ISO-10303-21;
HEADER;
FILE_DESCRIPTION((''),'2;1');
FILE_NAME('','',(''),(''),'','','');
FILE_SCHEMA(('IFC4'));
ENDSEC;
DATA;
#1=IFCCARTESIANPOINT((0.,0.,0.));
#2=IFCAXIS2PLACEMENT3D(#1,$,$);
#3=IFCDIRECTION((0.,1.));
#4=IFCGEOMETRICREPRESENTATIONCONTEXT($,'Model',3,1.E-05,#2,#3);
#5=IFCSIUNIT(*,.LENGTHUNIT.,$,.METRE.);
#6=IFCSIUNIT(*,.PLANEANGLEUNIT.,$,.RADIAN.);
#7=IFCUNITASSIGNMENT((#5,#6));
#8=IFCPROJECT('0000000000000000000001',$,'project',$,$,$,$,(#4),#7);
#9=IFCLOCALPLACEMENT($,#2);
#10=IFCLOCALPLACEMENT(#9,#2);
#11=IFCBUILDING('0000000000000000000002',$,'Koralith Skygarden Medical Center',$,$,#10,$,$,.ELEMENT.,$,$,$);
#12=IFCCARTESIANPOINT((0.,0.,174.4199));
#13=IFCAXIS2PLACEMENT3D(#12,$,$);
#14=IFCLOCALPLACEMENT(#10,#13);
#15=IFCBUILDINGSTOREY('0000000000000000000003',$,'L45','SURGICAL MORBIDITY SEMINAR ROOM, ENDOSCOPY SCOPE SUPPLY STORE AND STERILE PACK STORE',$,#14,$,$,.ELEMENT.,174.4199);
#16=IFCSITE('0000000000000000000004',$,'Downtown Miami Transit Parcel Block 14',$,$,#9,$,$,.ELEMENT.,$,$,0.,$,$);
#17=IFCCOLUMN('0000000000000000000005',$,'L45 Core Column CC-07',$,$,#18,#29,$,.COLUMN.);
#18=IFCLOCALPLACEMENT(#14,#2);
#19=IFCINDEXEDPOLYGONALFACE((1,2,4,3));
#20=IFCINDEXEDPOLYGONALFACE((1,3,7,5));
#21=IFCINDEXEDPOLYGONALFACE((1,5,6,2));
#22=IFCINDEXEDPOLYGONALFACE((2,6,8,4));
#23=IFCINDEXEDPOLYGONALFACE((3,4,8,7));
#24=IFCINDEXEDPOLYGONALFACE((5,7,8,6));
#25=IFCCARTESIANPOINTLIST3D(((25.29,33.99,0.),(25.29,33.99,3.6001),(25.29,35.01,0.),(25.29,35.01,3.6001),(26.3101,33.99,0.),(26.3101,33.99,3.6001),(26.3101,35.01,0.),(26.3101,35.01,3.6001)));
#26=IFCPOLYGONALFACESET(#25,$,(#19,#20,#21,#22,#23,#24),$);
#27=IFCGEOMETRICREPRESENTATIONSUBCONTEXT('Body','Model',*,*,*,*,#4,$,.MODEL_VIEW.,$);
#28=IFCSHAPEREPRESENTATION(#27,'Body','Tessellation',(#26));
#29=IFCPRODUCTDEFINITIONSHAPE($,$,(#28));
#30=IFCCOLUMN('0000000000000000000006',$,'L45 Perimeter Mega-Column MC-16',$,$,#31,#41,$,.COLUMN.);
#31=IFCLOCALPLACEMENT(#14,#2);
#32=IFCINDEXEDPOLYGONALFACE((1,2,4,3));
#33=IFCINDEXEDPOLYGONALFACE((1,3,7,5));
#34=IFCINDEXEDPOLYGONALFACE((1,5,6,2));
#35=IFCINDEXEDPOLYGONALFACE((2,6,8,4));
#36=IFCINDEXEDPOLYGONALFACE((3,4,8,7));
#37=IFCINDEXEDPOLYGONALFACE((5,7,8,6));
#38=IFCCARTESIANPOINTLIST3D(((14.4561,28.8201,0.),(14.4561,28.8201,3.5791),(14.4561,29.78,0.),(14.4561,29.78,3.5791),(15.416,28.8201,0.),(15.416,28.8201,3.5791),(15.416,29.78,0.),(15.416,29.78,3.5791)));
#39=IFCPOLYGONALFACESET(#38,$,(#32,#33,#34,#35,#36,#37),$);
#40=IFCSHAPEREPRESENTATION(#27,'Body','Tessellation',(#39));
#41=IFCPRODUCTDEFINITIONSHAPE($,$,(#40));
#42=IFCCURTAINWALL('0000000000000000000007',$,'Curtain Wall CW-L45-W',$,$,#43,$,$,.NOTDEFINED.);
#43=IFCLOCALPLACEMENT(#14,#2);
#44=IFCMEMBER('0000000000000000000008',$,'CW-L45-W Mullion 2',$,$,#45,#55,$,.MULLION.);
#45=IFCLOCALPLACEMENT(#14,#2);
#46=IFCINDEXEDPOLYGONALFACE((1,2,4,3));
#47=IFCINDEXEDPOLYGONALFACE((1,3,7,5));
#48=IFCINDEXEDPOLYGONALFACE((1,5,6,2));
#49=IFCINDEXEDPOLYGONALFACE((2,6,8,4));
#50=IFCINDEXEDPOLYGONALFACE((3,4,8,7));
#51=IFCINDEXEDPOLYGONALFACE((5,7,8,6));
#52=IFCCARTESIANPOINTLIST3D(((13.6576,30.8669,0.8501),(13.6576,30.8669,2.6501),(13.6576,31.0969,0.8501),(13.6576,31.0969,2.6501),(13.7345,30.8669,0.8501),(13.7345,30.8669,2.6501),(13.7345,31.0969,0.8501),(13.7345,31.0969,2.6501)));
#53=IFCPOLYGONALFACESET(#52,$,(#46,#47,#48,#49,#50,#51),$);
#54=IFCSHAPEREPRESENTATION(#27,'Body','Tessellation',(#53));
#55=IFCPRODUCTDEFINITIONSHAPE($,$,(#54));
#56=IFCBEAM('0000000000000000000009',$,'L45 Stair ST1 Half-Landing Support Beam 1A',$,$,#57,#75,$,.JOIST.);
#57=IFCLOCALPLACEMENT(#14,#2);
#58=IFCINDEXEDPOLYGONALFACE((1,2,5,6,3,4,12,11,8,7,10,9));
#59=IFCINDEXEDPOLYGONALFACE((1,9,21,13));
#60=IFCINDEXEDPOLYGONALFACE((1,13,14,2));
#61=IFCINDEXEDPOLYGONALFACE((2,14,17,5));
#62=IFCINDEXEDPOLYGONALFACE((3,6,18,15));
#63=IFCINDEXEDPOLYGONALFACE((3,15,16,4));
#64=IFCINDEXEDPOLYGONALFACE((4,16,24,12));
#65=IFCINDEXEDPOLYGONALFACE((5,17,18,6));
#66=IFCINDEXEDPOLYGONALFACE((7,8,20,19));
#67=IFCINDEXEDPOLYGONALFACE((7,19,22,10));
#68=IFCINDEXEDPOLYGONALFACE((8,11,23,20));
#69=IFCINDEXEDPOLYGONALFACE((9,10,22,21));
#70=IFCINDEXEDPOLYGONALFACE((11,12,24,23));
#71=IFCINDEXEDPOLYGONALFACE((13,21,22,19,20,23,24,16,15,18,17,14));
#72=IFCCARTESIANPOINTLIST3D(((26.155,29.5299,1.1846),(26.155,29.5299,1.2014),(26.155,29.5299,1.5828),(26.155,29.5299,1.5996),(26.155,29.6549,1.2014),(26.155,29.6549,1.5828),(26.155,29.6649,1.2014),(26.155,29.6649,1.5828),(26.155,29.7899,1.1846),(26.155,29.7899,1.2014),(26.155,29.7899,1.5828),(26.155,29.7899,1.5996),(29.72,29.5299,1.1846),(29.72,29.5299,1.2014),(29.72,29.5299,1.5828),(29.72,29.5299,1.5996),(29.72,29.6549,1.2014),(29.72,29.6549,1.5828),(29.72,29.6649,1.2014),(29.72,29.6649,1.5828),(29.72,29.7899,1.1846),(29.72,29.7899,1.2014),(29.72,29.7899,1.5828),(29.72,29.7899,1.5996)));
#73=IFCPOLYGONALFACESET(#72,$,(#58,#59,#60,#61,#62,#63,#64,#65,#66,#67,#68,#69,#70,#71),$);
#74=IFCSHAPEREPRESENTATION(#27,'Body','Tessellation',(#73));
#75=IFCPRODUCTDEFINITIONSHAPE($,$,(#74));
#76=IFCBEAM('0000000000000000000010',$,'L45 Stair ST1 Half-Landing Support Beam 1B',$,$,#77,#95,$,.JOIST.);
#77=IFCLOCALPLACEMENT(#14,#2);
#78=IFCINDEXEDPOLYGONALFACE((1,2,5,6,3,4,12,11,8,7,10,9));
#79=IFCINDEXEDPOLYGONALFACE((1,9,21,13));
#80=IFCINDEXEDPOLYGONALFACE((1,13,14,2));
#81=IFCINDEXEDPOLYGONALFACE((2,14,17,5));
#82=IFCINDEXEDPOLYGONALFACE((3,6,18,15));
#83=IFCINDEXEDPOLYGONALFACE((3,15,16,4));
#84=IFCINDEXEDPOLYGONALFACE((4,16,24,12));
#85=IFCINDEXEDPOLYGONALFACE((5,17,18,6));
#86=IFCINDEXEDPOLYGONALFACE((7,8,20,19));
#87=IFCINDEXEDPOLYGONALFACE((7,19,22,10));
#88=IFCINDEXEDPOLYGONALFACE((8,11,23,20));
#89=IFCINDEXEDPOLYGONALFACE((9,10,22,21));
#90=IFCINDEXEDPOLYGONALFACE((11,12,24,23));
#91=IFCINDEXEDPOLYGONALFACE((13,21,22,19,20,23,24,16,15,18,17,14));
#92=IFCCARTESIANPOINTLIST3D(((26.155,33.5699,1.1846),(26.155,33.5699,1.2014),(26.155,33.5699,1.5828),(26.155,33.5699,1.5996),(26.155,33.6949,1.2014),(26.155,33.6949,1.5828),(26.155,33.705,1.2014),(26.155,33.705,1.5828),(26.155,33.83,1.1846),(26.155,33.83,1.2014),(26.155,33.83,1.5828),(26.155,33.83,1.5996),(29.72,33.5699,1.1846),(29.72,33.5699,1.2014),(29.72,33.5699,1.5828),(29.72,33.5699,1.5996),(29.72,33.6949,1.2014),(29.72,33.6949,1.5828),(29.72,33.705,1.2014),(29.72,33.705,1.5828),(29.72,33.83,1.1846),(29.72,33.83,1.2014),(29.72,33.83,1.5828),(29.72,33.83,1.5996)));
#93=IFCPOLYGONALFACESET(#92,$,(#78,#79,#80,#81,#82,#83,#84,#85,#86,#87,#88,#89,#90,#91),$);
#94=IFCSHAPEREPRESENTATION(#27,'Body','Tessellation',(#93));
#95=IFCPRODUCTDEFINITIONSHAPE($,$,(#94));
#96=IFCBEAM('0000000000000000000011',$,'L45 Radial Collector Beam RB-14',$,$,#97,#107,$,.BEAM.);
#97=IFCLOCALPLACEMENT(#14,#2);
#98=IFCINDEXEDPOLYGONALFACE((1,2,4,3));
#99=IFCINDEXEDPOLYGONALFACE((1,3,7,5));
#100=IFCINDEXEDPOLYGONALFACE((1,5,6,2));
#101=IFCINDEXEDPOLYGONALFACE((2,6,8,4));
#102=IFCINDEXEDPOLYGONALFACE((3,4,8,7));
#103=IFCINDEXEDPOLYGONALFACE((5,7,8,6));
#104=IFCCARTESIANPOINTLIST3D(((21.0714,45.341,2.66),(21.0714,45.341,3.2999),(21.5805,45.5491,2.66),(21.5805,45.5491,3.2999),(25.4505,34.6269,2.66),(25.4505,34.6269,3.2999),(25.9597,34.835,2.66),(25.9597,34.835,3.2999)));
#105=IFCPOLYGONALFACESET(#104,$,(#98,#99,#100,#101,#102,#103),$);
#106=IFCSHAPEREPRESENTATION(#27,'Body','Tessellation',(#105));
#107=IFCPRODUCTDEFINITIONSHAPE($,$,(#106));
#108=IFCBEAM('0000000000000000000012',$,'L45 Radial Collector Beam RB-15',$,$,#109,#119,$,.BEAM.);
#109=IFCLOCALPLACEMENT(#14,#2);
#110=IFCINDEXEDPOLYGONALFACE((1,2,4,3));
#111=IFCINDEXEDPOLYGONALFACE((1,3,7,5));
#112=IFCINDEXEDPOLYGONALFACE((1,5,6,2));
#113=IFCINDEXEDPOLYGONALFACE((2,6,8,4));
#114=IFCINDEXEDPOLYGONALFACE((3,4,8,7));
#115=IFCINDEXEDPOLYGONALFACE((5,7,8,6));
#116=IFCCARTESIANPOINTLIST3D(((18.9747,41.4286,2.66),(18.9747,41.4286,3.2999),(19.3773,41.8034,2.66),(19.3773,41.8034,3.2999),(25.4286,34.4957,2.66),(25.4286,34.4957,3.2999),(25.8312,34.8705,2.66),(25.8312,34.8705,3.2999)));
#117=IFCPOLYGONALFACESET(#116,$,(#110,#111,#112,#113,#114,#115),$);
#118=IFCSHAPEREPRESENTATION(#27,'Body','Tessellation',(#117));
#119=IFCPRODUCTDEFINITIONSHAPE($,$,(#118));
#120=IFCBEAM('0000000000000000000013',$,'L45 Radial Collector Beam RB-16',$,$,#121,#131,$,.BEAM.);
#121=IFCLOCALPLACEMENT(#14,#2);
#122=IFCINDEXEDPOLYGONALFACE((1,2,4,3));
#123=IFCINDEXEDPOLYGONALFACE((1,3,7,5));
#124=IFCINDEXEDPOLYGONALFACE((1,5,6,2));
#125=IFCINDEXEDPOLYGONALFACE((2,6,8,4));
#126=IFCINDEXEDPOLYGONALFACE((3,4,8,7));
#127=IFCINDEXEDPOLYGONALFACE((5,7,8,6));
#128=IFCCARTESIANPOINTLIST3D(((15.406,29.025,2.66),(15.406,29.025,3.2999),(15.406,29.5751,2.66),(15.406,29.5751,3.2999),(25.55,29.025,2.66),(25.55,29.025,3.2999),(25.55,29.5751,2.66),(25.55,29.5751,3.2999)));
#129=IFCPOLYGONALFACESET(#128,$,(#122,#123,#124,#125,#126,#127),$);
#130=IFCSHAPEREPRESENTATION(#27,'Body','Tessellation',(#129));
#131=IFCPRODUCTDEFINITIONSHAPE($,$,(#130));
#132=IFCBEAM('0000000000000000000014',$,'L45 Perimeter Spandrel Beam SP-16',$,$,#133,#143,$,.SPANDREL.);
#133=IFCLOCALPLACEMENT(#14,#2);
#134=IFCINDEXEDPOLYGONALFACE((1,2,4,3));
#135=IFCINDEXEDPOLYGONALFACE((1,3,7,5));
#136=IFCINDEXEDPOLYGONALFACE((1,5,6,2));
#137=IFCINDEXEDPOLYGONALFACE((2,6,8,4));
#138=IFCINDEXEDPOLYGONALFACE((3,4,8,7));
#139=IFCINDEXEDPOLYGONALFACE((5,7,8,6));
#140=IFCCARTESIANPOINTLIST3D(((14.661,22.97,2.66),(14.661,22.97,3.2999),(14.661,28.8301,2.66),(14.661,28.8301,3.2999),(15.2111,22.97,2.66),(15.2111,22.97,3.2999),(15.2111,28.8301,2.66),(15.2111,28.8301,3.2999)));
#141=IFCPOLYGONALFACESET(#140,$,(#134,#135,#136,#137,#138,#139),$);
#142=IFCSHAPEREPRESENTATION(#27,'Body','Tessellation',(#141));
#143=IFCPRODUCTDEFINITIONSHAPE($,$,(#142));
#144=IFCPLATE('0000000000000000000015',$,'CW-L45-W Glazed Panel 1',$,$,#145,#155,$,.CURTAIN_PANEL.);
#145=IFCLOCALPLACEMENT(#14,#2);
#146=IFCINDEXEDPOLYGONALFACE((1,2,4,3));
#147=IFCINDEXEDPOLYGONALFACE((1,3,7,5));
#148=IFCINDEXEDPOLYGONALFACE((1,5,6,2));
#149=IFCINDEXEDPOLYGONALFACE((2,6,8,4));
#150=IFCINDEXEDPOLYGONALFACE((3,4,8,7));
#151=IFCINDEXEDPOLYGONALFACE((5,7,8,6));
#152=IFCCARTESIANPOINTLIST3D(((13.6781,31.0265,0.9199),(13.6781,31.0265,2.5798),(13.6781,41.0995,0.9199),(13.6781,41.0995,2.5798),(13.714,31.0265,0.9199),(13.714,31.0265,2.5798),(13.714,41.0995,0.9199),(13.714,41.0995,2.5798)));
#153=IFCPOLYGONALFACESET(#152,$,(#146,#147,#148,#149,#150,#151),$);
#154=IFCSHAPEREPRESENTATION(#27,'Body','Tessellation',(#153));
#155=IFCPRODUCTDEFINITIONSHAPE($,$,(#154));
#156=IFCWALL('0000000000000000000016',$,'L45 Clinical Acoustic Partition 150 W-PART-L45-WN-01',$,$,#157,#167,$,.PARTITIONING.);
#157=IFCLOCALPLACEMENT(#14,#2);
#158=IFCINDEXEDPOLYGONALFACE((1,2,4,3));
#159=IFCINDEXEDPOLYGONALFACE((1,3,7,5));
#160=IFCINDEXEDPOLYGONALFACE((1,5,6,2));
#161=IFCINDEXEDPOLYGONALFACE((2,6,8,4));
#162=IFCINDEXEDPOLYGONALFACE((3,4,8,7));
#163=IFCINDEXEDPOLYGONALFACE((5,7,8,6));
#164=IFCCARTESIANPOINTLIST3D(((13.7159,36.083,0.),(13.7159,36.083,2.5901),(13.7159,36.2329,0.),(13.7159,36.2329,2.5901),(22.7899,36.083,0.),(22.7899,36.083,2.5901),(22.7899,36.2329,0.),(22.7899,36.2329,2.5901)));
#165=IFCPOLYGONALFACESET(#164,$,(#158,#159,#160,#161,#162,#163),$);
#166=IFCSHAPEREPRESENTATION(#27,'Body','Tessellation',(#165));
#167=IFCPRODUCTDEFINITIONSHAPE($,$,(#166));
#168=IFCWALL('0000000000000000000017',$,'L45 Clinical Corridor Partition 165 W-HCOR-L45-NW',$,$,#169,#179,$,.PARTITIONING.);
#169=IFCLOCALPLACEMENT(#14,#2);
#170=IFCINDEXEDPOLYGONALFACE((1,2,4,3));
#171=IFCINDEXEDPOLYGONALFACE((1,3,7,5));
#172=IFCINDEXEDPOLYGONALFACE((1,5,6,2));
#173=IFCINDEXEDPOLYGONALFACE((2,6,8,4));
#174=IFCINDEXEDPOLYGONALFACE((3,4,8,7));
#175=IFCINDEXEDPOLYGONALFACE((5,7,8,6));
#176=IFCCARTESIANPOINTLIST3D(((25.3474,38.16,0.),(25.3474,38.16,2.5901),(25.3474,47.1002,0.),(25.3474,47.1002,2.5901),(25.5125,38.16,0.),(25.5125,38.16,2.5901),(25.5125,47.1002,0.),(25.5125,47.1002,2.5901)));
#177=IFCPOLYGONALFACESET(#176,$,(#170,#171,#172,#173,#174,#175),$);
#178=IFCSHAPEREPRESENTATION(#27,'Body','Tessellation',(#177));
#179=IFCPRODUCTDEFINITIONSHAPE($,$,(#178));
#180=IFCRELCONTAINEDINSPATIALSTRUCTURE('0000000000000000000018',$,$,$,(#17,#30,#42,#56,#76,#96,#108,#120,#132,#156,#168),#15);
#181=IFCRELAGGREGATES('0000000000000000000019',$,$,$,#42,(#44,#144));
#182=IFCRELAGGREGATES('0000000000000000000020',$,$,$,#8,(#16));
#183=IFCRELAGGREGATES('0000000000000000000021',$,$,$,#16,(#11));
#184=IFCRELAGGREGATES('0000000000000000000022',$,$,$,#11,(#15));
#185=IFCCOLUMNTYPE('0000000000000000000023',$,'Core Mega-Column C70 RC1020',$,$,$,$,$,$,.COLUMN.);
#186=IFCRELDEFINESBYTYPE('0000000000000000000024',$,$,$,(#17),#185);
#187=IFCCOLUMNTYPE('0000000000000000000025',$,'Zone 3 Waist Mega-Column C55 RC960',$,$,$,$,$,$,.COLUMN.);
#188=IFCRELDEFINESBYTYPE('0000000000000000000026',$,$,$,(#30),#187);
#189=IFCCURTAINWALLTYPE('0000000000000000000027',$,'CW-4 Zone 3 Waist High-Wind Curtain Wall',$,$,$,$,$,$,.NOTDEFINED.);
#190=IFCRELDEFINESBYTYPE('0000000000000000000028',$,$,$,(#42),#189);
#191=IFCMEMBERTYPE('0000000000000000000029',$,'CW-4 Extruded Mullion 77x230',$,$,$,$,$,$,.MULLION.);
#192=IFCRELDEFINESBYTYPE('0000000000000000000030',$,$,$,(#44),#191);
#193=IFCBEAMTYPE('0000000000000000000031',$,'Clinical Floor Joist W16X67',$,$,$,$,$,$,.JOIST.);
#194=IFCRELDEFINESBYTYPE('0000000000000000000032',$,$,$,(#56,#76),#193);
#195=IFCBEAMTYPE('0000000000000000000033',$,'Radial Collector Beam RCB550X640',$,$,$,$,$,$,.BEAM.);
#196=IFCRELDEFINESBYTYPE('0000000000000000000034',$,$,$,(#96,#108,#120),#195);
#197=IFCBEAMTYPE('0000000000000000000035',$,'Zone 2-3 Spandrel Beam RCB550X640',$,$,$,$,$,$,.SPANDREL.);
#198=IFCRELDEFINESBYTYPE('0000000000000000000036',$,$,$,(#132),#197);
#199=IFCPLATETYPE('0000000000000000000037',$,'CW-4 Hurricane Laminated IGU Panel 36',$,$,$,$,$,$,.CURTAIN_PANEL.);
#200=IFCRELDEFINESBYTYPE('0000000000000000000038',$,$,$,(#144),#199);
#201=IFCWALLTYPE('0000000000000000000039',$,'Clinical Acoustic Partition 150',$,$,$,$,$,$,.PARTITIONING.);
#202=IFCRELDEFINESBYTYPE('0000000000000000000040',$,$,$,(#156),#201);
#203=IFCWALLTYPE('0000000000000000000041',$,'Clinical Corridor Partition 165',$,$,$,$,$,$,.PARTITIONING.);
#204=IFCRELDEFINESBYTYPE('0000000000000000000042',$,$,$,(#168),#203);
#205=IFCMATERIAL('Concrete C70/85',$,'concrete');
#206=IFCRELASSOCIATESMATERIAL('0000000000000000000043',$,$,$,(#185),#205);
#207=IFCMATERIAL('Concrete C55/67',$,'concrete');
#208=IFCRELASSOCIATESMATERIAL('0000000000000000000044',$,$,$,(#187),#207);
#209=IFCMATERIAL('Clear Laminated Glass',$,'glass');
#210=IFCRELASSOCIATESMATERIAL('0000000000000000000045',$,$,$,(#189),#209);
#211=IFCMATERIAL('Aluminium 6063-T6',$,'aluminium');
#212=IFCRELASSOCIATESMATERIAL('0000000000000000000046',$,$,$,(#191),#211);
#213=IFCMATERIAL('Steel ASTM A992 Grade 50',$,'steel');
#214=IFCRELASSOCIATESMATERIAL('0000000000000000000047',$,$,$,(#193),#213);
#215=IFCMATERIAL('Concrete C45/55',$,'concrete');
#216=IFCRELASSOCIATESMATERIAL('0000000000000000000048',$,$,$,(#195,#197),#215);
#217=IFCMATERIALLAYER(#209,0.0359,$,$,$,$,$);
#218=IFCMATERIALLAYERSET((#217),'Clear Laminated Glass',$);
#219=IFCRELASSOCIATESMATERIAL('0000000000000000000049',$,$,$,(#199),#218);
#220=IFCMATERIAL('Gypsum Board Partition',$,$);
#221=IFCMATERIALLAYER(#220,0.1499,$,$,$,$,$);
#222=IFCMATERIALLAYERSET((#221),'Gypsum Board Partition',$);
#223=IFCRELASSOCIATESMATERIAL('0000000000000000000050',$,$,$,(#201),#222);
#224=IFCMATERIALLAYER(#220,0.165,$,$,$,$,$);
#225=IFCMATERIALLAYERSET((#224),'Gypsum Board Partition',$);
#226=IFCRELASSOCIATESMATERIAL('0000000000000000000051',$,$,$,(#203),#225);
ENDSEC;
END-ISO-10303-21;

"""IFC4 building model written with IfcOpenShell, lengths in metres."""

from ifc_helpers import new_model, si_unit, direction, frame, frame_2d, origin, origin_2d, place, context, subcontext, project, spatial, rectangle, i_section, extrude, material, layer, layer_set, material_profile, profile_set, type_object, element, aggregate, save


model = new_model("IFC4")

# Units and contexts
model_context = context("Model", 3, precision=1e-05, world=origin(), true_north=direction((0.0, 1.0)))
body_context = subcontext(model_context, "Body", "Model", "MODEL_VIEW")
ifc_project = project(units=[si_unit("LENGTHUNIT", "METRE"), si_unit("PLANEANGLEUNIT", "RADIAN")], contexts=[model_context])

# Site, building, storey
site_placement = place(None, origin())
site = spatial("IfcSite", under=ifc_project, at=site_placement, Name="Downtown Miami Transit Parcel Block 14", CompositionType="ELEMENT", RefElevation=0.0)
building_placement = place(site_placement, origin())
building = spatial("IfcBuilding", under=site, at=building_placement, Name="Koralith Skygarden Medical Center", CompositionType="ELEMENT")
storey_placement = place(building_placement, frame((0.0, 0.0, 174.4199)))
storey = spatial("IfcBuildingStorey", under=building, at=storey_placement, Name="L45", Description="SURGICAL MORBIDITY SEMINAR ROOM, ENDOSCOPY SCOPE SUPPLY STORE AND STERILE PACK STORE", CompositionType="ELEMENT", Elevation=174.4199)

# Columns
ifc_material_1 = material(Name="Concrete C70/85", Category="concrete")
ifc_material_profile_1 = material_profile(ifc_material_1, rectangle(XDim=1.02, YDim=1.02, at=origin_2d()), Name="RC1020X1020")
ifc_profile_set_1 = profile_set([ifc_material_profile_1], Name="Concrete C70/85")
column_type_1 = type_object("IfcColumnType", Name="Core Mega-Column C70 RC1020", PredefinedType="COLUMN", material=ifc_profile_set_1)
column_1_placement = place(storey_placement, frame((25.8, 34.5, 0.0), z_axis=(0.0, 0.0, 1.0), x_axis=(1.0, 0.0, 0.0)))
element("IfcColumn", 1, at=column_1_placement, inside=storey, type_object=column_type_1, Name="L45 Core Column CC-07", PredefinedType="COLUMN", context=body_context, shape_type="SweptSolid", body=[
    extrude(rectangle(XDim=1.02, YDim=1.02, at=origin_2d()), origin(), (0.0, 0.0, 1.0), 3.6001),
])
ifc_material_2 = material(Name="Concrete C55/67", Category="concrete")
ifc_material_profile_2 = material_profile(ifc_material_2, rectangle(XDim=0.96, YDim=0.96, at=origin_2d()), Name="RC960X960")
ifc_profile_set_2 = profile_set([ifc_material_profile_2], Name="Concrete C55/67")
column_type_2 = type_object("IfcColumnType", Name="Zone 3 Waist Mega-Column C55 RC960", PredefinedType="COLUMN", material=ifc_profile_set_2)
column_2_placement = place(storey_placement, frame((14.936, 29.3, 0.0), z_axis=(0.0, 0.0, 1.0), x_axis=(1.0, 0.0, 0.0)))
element("IfcColumn", 2, at=column_2_placement, inside=storey, type_object=column_type_2, Name="L45 Perimeter Mega-Column MC-16", PredefinedType="COLUMN", context=body_context, shape_type="SweptSolid", body=[
    extrude(rectangle(XDim=0.96, YDim=0.96, at=origin_2d()), origin(), (0.0, 0.0, 1.0), 3.5791),
])

# Curtain wall, member
ifc_material_3 = material(Name="Clear Laminated Glass", Category="glass")
curtain_wall_type = type_object("IfcCurtainWallType", Name="CW-4 Zone 3 Waist High-Wind Curtain Wall", PredefinedType="NOTDEFINED", material=ifc_material_3)
curtain_wall_placement = place(storey_placement, origin())
curtain_wall = element("IfcCurtainWall", 3, at=curtain_wall_placement, inside=storey, type_object=curtain_wall_type, Name="Curtain Wall CW-L45-W", PredefinedType="NOTDEFINED")
ifc_material_4 = material(Name="Aluminium 6063-T6", Category="aluminium")
ifc_material_profile_3 = material_profile(ifc_material_4, rectangle(XDim=0.0769, YDim=0.23, at=origin_2d()), Name="MUL77X230")
ifc_profile_set_3 = profile_set([ifc_material_profile_3], Name="Aluminium 6063-T6")
member_type = type_object("IfcMemberType", Name="CW-4 Extruded Mullion 77x230", PredefinedType="MULLION", material=ifc_profile_set_3)
member_placement = place(storey_placement, frame((13.696, 30.9819, 0.8501), z_axis=(0.0, 0.0, 1.0), x_axis=(1.0, 0.0, 0.0)))
member = element("IfcMember", 4, at=member_placement, type_object=member_type, Name="CW-L45-W Mullion 2", PredefinedType="MULLION", context=body_context, shape_type="SweptSolid", body=[
    extrude(rectangle(XDim=0.0769, YDim=0.23, at=origin_2d()), origin(), (0.0, 0.0, 1.0), 1.8),
])

# Beams
ifc_material_5 = material(Name="Steel ASTM A992 Grade 50", Category="steel")
ifc_material_profile_4 = material_profile(ifc_material_5, i_section(OverallWidth=0.26, OverallDepth=0.415, WebThickness=0.01, FlangeThickness=0.0168, at=origin_2d()), Name="W16X67")
ifc_profile_set_4 = profile_set([ifc_material_profile_4], Name="Steel ASTM A992 Grade 50")
beam_type_1 = type_object("IfcBeamType", Name="Clinical Floor Joist W16X67", PredefinedType="JOIST", material=ifc_profile_set_4)
for number, where, z_axis, x_axis, name in (
    (5, (26.155, 29.6599, 1.3921), (1.0, 0.0, 0.0), (0.0, 1.0, 0.0), "L45 Stair ST1 Half-Landing Support Beam 1A"),
    (6, (26.155, 33.7, 1.3921), (1.0, 0.0, 0.0), (0.0, 1.0, 0.0), "L45 Stair ST1 Half-Landing Support Beam 1B"),
):
    element("IfcBeam", number, at=place(storey_placement, frame(where, z_axis=z_axis, x_axis=x_axis)), inside=storey, type_object=beam_type_1, Name=name, PredefinedType="JOIST", context=body_context, shape_type="SweptSolid", body=[
        extrude(i_section(OverallWidth=0.26, OverallDepth=0.415, WebThickness=0.01, FlangeThickness=0.0168, at=origin_2d()), origin(), (0.0, 0.0, 1.0), 3.5649),
    ])
ifc_material_6 = material(Name="Concrete C45/55", Category="concrete")
ifc_material_profile_5 = material_profile(ifc_material_6, rectangle(XDim=0.55, YDim=0.6399, at=origin_2d()), Name="RCB550X640")
ifc_profile_set_5 = profile_set([ifc_material_profile_5], Name="Concrete C45/55")
beam_type_2 = type_object("IfcBeamType", Name="Radial Collector Beam RCB550X640", PredefinedType="BEAM", material=ifc_profile_set_5)
beam_1_placement = place(storey_placement, frame((25.7051, 34.731, 2.98), z_axis=(-0.378345, 0.925665, 0.0), x_axis=(-0.925665, -0.378345, 0.0)))
element("IfcBeam", 7, at=beam_1_placement, inside=storey, type_object=beam_type_2, Name="L45 Radial Collector Beam RB-14", PredefinedType="BEAM", context=body_context, shape_type="SweptSolid", body=[
    extrude(rectangle(XDim=0.55, YDim=0.6399, at=origin_2d()), origin(), (0.0, 0.0, 1.0), 11.5745),
])
beam_2_placement = place(storey_placement, frame((25.6299, 34.6831, 2.98), z_axis=(-0.681369, 0.73194, 0.0), x_axis=(-0.73194, -0.681369, 0.0)))
element("IfcBeam", 8, at=beam_2_placement, inside=storey, type_object=beam_type_2, Name="L45 Radial Collector Beam RB-15", PredefinedType="BEAM", context=body_context, shape_type="SweptSolid", body=[
    extrude(rectangle(XDim=0.55, YDim=0.6399, at=origin_2d()), origin(), (0.0, 0.0, 1.0), 9.4719),
])
beam_3_placement = place(storey_placement, frame((25.55, 29.3, 2.98), z_axis=(-1.0, 0.0, 0.0), x_axis=(0.0, -1.0, 0.0)))
element("IfcBeam", 9, at=beam_3_placement, inside=storey, type_object=beam_type_2, Name="L45 Radial Collector Beam RB-16", PredefinedType="BEAM", context=body_context, shape_type="SweptSolid", body=[
    extrude(rectangle(XDim=0.55, YDim=0.6399, at=origin_2d()), origin(), (0.0, 0.0, 1.0), 10.144),
])
ifc_material_profile_6 = material_profile(ifc_material_6, rectangle(XDim=0.55, YDim=0.6399, at=origin_2d()), Name="RCB550X640")
ifc_profile_set_6 = profile_set([ifc_material_profile_6], Name="Concrete C45/55")
beam_type_3 = type_object("IfcBeamType", Name="Zone 2-3 Spandrel Beam RCB550X640", PredefinedType="SPANDREL", material=ifc_profile_set_6)
beam_4_placement = place(storey_placement, frame((14.936, 28.8301, 2.98), z_axis=(0.0, -1.0, 0.0), x_axis=(1.0, 0.0, 0.0)))
element("IfcBeam", 10, at=beam_4_placement, inside=storey, type_object=beam_type_3, Name="L45 Perimeter Spandrel Beam SP-16", PredefinedType="SPANDREL", context=body_context, shape_type="SweptSolid", body=[
    extrude(rectangle(XDim=0.55, YDim=0.6399, at=origin_2d()), origin(), (0.0, 0.0, 1.0), 5.8601),
])

# Plate
ifc_layer_1 = layer(ifc_material_3, 0.0359)
ifc_layer_set_1 = layer_set([ifc_layer_1], Name="Clear Laminated Glass")
plate_type = type_object("IfcPlateType", Name="CW-4 Hurricane Laminated IGU Panel 36", PredefinedType="CURTAIN_PANEL", material=ifc_layer_set_1)
plate_placement = place(storey_placement, frame((13.696, 36.063, 0.9199), z_axis=(0.0, 0.0, 1.0), x_axis=(0.0, -1.0, 0.0)))
plate = element("IfcPlate", 11, at=plate_placement, type_object=plate_type, Name="CW-L45-W Glazed Panel 1", PredefinedType="CURTAIN_PANEL", context=body_context, shape_type="SweptSolid", body=[
    extrude(rectangle(XDim=10.073, YDim=0.0359, at=origin_2d()), origin(), (0.0, 0.0, 1.0), 1.6599),
])
aggregate(curtain_wall, [member, plate])

# Walls
ifc_material_7 = material(Name="Gypsum Board Partition")
ifc_layer_2 = layer(ifc_material_7, 0.1499)
ifc_layer_set_2 = layer_set([ifc_layer_2], Name="Gypsum Board Partition")
wall_type_1 = type_object("IfcWallType", Name="Clinical Acoustic Partition 150", PredefinedType="PARTITIONING", material=ifc_layer_set_2)
wall_1_placement = place(storey_placement, frame((22.79, 36.158, 0.0), z_axis=(0.0, 0.0, 1.0), x_axis=(-1.0, 0.0, 0.0)))
element("IfcWall", 12, at=wall_1_placement, inside=storey, type_object=wall_type_1, Name="L45 Clinical Acoustic Partition 150 W-PART-L45-WN-01", PredefinedType="PARTITIONING", context=body_context, shape_type="SweptSolid", body=[
    extrude(rectangle(XDim=9.074, YDim=0.1499, at=frame_2d((4.5371, 0.0))), origin(), (0.0, 0.0, 1.0), 2.5901),
])
ifc_layer_3 = layer(ifc_material_7, 0.165)
ifc_layer_set_3 = layer_set([ifc_layer_3], Name="Gypsum Board Partition")
wall_type_2 = type_object("IfcWallType", Name="Clinical Corridor Partition 165", PredefinedType="PARTITIONING", material=ifc_layer_set_3)
wall_2_placement = place(storey_placement, frame((25.4299, 38.1599, 0.0), z_axis=(0.0, 0.0, 1.0), x_axis=(0.0, 1.0, 0.0)))
element("IfcWall", 13, at=wall_2_placement, inside=storey, type_object=wall_type_2, Name="L45 Clinical Corridor Partition 165 W-HCOR-L45-NW", PredefinedType="PARTITIONING", context=body_context, shape_type="SweptSolid", body=[
    extrude(rectangle(XDim=8.9402, YDim=0.165, at=frame_2d((4.4702, 0.0))), origin(), (0.0, 0.0, 1.0), 2.5901),
])

save(model, "model.ifc")
